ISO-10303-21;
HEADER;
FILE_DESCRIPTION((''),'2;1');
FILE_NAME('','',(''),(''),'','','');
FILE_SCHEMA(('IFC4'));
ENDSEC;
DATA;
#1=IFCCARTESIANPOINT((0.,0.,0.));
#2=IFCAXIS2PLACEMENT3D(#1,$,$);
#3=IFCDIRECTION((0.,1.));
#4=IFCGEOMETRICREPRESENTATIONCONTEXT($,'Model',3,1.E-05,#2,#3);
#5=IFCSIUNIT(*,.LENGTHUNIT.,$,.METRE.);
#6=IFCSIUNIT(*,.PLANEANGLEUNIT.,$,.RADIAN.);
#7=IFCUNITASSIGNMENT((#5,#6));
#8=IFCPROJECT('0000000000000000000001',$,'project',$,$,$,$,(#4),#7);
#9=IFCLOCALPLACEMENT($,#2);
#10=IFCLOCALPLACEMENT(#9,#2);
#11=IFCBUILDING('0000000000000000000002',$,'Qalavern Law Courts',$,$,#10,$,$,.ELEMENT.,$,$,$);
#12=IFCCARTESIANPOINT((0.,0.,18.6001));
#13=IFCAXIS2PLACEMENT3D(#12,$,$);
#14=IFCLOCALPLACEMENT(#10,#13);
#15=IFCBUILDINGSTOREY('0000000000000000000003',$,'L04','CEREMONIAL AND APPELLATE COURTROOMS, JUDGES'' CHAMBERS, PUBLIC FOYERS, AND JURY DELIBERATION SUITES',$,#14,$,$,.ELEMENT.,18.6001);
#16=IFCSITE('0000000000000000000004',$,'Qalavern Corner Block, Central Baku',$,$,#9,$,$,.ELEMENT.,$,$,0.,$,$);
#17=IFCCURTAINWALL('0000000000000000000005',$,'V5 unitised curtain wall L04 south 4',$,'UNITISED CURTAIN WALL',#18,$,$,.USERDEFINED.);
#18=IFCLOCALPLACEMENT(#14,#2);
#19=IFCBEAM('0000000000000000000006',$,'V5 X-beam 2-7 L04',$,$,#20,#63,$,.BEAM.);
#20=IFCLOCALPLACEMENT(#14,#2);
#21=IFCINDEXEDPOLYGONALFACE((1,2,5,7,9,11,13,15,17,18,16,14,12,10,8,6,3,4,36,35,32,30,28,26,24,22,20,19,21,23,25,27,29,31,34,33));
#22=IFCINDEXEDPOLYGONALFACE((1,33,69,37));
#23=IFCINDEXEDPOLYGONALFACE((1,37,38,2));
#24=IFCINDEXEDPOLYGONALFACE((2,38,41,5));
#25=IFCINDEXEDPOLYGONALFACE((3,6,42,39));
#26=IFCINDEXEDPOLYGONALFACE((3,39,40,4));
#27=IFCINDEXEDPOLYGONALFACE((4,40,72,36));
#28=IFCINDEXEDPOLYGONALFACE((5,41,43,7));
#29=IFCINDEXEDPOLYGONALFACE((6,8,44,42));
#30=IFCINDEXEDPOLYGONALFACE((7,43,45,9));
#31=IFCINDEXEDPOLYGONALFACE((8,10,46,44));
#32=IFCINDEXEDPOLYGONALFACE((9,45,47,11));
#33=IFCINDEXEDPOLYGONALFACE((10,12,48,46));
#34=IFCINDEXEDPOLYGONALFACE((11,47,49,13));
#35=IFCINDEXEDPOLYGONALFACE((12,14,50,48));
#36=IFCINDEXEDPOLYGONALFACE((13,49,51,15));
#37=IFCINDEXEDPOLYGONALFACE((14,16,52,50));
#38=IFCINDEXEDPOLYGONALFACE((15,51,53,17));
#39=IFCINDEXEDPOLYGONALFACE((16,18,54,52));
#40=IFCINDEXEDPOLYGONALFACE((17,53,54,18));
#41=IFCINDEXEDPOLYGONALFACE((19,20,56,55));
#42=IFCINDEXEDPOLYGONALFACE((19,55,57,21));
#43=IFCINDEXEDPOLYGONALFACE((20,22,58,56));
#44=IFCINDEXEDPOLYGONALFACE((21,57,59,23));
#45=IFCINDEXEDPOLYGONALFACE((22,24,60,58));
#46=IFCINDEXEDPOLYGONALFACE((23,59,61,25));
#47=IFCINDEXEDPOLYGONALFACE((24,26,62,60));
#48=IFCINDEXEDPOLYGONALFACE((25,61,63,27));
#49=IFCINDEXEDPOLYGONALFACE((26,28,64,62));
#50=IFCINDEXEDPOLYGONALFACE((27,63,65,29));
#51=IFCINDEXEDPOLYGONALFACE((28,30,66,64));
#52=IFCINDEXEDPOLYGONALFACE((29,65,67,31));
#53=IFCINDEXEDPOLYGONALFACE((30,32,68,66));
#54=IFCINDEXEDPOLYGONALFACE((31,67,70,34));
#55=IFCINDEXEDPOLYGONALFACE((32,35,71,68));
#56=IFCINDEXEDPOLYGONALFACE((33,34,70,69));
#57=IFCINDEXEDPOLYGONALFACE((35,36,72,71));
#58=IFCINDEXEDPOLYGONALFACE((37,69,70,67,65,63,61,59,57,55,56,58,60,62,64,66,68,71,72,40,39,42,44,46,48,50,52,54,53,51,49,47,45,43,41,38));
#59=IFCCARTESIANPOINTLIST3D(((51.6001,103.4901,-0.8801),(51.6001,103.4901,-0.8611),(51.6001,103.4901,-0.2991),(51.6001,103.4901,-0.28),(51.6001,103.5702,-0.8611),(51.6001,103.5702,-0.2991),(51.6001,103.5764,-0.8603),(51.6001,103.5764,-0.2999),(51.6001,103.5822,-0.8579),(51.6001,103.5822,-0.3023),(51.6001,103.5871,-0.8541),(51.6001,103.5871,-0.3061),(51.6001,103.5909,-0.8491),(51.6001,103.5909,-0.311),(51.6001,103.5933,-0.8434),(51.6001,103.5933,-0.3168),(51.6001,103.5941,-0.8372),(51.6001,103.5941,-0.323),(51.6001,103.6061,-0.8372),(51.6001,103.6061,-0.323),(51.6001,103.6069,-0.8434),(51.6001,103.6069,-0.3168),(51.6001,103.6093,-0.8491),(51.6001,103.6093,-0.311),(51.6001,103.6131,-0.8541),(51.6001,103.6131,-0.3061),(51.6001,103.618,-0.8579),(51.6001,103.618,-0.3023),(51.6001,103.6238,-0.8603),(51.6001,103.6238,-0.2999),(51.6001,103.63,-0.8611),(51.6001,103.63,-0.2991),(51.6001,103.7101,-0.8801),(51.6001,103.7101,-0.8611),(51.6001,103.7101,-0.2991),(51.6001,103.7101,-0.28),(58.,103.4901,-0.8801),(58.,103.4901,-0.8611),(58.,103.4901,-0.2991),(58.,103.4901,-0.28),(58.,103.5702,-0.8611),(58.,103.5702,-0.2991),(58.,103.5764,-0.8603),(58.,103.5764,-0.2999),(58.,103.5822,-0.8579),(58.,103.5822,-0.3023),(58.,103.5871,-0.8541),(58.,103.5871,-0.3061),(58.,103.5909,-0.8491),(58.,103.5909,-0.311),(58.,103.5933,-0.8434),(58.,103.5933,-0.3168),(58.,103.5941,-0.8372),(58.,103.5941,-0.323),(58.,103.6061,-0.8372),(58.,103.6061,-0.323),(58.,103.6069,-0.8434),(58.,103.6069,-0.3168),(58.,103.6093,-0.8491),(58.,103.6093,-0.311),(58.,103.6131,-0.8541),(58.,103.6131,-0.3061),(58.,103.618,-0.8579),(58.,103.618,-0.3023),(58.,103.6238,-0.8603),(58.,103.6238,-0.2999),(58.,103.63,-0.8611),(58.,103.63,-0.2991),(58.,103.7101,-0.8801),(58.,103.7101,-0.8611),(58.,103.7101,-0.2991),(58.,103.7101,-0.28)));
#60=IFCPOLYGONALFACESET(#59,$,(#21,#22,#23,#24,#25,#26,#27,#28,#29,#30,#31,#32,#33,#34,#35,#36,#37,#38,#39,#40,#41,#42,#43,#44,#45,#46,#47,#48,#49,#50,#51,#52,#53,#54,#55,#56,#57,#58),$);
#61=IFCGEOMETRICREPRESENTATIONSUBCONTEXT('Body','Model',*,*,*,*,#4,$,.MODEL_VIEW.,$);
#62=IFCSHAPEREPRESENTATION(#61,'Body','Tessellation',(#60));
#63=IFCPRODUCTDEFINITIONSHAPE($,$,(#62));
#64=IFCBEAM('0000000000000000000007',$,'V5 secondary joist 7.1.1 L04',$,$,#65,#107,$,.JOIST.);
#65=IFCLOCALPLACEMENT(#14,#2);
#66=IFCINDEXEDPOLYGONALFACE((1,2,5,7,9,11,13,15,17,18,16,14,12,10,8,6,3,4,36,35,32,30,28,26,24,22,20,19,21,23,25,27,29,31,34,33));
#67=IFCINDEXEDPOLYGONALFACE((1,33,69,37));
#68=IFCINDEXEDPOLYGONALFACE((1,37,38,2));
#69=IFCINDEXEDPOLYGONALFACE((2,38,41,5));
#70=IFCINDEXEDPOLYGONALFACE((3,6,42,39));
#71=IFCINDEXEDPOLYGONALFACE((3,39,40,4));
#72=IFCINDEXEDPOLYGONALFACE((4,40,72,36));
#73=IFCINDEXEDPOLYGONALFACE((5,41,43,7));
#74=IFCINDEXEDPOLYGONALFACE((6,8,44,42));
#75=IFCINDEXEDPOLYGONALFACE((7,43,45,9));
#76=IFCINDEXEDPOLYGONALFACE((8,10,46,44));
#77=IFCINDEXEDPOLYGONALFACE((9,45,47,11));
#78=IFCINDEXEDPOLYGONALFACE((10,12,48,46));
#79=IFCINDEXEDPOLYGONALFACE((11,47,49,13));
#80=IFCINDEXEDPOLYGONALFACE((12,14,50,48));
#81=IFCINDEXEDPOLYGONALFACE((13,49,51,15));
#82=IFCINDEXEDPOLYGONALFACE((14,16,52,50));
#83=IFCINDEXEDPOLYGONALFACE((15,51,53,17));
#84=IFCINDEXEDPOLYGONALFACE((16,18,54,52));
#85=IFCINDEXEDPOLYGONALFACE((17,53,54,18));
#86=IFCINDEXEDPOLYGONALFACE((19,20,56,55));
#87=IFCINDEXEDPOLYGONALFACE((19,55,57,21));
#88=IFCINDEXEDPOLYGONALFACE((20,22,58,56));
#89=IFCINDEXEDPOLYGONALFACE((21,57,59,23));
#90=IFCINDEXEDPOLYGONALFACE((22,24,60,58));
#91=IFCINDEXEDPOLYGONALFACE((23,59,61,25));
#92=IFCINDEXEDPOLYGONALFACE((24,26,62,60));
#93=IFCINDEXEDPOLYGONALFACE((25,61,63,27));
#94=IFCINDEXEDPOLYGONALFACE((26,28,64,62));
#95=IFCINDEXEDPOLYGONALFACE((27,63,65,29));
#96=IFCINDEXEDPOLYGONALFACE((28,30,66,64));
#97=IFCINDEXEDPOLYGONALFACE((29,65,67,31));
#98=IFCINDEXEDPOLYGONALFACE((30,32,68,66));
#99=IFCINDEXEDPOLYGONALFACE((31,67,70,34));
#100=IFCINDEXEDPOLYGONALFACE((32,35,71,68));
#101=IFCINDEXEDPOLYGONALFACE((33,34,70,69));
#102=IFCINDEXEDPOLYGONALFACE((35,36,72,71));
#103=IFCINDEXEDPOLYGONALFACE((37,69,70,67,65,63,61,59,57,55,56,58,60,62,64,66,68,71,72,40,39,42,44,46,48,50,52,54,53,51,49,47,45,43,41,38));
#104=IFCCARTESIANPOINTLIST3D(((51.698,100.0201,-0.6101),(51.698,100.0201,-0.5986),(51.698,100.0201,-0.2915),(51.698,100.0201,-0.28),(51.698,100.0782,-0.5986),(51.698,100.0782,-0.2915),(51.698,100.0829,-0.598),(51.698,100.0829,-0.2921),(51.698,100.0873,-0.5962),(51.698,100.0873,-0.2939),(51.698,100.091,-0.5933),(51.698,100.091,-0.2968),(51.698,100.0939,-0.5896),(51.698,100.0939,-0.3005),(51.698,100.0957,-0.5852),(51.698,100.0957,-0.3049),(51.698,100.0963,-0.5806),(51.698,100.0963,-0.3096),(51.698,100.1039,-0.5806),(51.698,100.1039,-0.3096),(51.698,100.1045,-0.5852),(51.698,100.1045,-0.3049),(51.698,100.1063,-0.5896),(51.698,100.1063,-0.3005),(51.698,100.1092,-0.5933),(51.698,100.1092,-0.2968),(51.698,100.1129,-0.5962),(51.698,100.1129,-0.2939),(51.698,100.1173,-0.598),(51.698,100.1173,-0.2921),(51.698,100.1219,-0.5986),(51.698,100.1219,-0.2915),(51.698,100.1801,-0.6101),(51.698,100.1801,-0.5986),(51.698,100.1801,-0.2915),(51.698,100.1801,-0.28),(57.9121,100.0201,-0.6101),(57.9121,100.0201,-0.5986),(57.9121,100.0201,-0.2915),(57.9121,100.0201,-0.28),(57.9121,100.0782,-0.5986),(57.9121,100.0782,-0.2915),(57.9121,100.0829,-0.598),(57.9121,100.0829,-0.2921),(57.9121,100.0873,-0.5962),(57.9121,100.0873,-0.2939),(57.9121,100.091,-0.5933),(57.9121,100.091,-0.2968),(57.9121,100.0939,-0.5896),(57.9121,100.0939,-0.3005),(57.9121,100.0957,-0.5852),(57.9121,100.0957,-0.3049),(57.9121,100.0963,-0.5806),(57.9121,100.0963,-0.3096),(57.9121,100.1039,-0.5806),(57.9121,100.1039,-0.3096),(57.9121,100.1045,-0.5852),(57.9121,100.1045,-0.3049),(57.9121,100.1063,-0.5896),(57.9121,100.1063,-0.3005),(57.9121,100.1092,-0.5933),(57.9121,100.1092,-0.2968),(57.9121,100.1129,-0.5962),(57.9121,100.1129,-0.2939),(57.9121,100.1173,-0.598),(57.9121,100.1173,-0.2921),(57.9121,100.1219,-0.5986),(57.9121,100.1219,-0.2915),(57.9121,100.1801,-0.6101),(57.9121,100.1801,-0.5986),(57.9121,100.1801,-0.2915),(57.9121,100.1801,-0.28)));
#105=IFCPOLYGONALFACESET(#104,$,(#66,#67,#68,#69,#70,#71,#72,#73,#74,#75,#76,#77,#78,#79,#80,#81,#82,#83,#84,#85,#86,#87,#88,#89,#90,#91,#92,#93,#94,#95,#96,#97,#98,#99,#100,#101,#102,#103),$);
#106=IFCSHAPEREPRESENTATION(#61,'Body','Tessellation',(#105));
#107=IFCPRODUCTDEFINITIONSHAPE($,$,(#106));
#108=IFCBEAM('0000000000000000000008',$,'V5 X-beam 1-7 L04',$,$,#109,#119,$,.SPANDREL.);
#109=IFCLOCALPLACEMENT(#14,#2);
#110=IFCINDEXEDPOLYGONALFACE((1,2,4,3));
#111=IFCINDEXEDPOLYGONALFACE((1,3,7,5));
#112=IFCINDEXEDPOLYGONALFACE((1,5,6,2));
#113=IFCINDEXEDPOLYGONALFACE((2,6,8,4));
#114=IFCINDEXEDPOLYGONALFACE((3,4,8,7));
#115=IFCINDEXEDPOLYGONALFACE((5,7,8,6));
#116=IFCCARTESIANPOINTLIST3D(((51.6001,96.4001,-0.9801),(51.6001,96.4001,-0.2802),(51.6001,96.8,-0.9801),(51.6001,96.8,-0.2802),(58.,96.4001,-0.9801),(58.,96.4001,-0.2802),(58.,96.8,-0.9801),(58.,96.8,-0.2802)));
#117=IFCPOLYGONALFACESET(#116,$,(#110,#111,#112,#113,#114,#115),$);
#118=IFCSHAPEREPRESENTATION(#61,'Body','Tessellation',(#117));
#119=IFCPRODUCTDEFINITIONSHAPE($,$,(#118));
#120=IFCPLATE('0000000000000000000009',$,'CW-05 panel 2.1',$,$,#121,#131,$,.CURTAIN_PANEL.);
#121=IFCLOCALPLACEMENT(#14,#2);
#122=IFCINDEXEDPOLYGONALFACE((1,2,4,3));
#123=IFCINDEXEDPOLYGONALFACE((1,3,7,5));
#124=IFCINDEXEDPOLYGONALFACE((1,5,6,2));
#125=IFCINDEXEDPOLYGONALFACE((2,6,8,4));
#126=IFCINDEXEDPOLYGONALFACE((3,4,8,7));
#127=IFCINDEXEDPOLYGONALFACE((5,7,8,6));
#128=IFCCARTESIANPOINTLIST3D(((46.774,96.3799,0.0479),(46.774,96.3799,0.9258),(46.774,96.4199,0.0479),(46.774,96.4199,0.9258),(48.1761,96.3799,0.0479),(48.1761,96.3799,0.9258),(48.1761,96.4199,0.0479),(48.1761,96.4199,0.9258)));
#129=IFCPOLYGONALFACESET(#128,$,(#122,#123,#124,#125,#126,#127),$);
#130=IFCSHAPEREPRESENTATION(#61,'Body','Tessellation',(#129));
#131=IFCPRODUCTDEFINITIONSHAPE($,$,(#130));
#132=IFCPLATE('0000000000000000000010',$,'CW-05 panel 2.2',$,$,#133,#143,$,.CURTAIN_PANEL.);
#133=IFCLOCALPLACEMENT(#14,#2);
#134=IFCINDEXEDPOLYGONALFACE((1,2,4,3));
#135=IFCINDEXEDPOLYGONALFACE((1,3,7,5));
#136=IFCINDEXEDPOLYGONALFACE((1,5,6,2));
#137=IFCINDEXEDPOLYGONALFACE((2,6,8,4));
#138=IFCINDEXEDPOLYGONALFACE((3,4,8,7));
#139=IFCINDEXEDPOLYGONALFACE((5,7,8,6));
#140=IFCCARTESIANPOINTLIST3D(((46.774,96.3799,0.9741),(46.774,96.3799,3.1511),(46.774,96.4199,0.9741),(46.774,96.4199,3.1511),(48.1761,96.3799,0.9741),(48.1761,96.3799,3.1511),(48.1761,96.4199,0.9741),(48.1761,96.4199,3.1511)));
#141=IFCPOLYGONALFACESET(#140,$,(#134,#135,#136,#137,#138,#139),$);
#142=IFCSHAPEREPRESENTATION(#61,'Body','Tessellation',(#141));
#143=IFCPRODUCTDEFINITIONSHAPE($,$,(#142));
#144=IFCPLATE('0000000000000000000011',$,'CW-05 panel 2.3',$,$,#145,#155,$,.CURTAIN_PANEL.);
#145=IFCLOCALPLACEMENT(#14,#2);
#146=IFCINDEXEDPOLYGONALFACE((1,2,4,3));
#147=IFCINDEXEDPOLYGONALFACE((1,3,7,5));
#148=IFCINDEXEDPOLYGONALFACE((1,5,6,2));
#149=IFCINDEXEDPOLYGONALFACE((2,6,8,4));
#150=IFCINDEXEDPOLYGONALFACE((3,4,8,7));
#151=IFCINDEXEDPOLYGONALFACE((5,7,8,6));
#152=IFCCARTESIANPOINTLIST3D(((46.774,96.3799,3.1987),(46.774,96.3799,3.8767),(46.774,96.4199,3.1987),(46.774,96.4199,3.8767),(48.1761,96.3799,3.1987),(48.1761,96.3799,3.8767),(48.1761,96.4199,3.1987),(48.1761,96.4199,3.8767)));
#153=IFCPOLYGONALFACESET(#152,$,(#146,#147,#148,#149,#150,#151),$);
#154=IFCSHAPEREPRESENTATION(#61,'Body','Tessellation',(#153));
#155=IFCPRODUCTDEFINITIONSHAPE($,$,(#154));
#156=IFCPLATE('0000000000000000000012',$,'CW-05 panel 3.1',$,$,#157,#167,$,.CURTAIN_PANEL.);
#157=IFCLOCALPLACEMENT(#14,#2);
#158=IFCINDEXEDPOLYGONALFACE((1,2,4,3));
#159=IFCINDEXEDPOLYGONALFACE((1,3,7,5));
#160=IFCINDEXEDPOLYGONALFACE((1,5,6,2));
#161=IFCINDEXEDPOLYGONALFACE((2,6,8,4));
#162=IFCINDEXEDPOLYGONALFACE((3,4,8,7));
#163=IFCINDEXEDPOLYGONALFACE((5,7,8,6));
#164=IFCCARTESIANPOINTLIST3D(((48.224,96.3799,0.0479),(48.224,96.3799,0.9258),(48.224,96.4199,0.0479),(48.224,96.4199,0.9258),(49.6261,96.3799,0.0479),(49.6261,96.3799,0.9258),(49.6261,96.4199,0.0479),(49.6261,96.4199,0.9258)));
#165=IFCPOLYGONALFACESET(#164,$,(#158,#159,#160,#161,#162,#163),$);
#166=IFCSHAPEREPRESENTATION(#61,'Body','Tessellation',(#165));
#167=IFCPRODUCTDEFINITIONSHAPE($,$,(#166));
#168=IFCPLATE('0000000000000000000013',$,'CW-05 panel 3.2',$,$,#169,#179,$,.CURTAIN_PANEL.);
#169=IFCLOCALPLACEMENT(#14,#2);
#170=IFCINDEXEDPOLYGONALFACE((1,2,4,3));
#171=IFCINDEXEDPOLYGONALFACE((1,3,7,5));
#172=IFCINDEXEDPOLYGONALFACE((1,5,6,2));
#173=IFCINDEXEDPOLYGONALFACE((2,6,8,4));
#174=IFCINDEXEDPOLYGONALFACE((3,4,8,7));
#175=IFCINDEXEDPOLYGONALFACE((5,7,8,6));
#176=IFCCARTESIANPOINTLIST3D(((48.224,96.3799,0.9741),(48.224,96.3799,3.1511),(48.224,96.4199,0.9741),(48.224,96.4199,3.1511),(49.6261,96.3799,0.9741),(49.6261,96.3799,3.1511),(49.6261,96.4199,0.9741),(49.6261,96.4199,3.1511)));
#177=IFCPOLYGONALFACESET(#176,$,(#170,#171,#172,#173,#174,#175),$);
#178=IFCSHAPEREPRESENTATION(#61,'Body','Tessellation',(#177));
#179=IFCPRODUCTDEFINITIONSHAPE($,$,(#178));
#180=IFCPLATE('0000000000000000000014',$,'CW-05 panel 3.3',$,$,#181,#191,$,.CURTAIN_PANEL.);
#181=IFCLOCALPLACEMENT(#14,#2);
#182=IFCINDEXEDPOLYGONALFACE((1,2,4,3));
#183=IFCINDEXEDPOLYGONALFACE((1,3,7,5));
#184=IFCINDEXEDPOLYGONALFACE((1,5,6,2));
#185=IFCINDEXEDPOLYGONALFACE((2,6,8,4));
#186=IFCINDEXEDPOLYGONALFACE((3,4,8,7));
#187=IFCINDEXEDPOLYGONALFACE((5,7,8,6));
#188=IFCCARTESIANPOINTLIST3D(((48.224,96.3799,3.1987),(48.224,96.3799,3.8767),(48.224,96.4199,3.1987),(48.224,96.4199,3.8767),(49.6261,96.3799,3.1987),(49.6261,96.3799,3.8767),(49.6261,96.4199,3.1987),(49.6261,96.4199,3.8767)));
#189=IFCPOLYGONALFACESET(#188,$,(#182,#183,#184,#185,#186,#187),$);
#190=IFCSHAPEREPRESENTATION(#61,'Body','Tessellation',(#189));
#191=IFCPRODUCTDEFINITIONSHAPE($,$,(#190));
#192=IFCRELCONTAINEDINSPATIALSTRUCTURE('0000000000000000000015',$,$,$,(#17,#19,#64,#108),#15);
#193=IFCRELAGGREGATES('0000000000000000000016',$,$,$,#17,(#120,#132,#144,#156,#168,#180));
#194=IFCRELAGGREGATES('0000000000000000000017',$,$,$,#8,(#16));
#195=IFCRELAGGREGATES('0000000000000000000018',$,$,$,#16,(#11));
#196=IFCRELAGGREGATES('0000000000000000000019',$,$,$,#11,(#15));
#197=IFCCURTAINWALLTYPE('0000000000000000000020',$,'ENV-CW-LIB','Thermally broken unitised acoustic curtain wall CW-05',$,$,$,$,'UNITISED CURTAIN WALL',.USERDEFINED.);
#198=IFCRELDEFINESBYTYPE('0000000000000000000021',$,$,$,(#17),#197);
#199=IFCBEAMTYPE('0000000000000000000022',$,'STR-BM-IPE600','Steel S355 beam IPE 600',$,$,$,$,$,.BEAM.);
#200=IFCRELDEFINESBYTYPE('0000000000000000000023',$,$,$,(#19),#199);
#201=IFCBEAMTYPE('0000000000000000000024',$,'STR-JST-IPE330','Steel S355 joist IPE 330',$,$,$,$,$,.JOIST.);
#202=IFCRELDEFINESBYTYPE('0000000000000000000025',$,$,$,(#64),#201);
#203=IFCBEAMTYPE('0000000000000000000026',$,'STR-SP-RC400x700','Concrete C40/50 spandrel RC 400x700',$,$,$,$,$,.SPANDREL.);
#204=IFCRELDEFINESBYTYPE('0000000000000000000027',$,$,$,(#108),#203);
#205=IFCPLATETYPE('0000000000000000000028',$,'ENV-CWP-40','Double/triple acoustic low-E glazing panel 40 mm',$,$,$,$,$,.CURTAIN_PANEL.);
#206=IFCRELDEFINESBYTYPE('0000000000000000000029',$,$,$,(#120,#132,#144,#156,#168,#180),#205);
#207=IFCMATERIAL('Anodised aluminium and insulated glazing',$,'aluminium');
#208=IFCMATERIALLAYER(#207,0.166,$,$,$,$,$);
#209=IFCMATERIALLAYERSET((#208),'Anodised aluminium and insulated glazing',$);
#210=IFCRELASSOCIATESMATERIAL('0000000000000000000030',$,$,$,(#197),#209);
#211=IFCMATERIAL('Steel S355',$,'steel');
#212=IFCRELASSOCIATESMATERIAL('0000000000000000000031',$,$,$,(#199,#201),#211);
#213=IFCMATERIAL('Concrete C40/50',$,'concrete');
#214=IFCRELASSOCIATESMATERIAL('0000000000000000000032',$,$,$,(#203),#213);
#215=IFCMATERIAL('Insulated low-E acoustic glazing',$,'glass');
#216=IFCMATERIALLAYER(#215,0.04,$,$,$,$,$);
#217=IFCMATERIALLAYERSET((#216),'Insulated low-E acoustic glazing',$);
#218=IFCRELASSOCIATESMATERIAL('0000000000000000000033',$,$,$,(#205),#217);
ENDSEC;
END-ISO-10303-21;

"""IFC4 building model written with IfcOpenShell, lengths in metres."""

from ifc_helpers import new_model, si_unit, direction, frame, origin, origin_2d, place, context, subcontext, project, spatial, rectangle, i_section, extrude, material, layer, layer_set, material_profile, profile_set, type_object, element, aggregate, save


model = new_model("IFC4")

# Units and contexts
model_context = context("Model", 3, precision=1e-05, world=origin(), true_north=direction((0.0, 1.0)))
body_context = subcontext(model_context, "Body", "Model", "MODEL_VIEW")
ifc_project = project(units=[si_unit("LENGTHUNIT", "METRE"), si_unit("PLANEANGLEUNIT", "RADIAN")], contexts=[model_context])

# Site, building, storey
site_placement = place(None, origin())
site = spatial("IfcSite", under=ifc_project, at=site_placement, Name="Qalavern Corner Block, Central Baku", CompositionType="ELEMENT", RefElevation=0.0)
building_placement = place(site_placement, origin())
building = spatial("IfcBuilding", under=site, at=building_placement, Name="Qalavern Law Courts", CompositionType="ELEMENT")
storey_placement = place(building_placement, frame((0.0, 0.0, 18.6001)))
storey = spatial("IfcBuildingStorey", under=building, at=storey_placement, Name="L04", Description="CEREMONIAL AND APPELLATE COURTROOMS, JUDGES' CHAMBERS, PUBLIC FOYERS, AND JURY DELIBERATION SUITES", CompositionType="ELEMENT", Elevation=18.6001)

# Curtain wall
ifc_material_1 = material(Name="Anodised aluminium and insulated glazing", Category="aluminium")
ifc_layer_1 = layer(ifc_material_1, 0.166)
ifc_layer_set_1 = layer_set([ifc_layer_1], Name="Anodised aluminium and insulated glazing")
curtain_wall_type = type_object("IfcCurtainWallType", Name="ENV-CW-LIB", Description="Thermally broken unitised acoustic curtain wall CW-05", ElementType="UNITISED CURTAIN WALL", PredefinedType="USERDEFINED", material=ifc_layer_set_1)
curtain_wall_1_placement = place(storey_placement, origin())
curtain_wall_1 = element("IfcCurtainWall", 1, at=curtain_wall_1_placement, inside=storey, type_object=curtain_wall_type, Name="V5 unitised curtain wall L04 south 4", ObjectType="UNITISED CURTAIN WALL", PredefinedType="USERDEFINED")

# Beams
ifc_material_2 = material(Name="Steel S355", Category="steel")
ifc_material_profile_1 = material_profile(ifc_material_2, i_section(OverallWidth=0.22, OverallDepth=0.6001, WebThickness=0.012, FlangeThickness=0.019, FilletRadius=0.0239, at=origin_2d()), Name="IPE 600")
ifc_profile_set_1 = profile_set([ifc_material_profile_1], Name="Steel S355")
beam_type_1 = type_object("IfcBeamType", Name="STR-BM-IPE600", Description="Steel S355 beam IPE 600", PredefinedType="BEAM", material=ifc_profile_set_1)
beam_1_placement = place(storey_placement, frame((51.6001, 103.6001, -0.5801), z_axis=(1.0, 0.0, 0.0), x_axis=(0.0, 1.0, 0.0)))
element("IfcBeam", 2, at=beam_1_placement, inside=storey, type_object=beam_type_1, Name="V5 X-beam 2-7 L04", PredefinedType="BEAM", context=body_context, shape_type="SweptSolid", body=[
    extrude(i_section(OverallWidth=0.22, OverallDepth=0.6001, WebThickness=0.012, FlangeThickness=0.019, FilletRadius=0.0239, at=origin_2d()), origin(), (0.0, 0.0, 1.0), 6.3999),
])
ifc_material_profile_2 = material_profile(ifc_material_2, i_section(OverallWidth=0.1599, OverallDepth=0.3301, WebThickness=0.0076, FlangeThickness=0.0115, FilletRadius=0.0181, at=origin_2d()), Name="IPE 330")
ifc_profile_set_2 = profile_set([ifc_material_profile_2], Name="Steel S355")
beam_type_2 = type_object("IfcBeamType", Name="STR-JST-IPE330", Description="Steel S355 joist IPE 330", PredefinedType="JOIST", material=ifc_profile_set_2)
beam_2_placement = place(storey_placement, frame((51.698, 100.1001, -0.4451), z_axis=(1.0, 0.0, 0.0), x_axis=(0.0, 1.0, 0.0)))
element("IfcBeam", 3, at=beam_2_placement, inside=storey, type_object=beam_type_2, Name="V5 secondary joist 7.1.1 L04", PredefinedType="JOIST", context=body_context, shape_type="SweptSolid", body=[
    extrude(i_section(OverallWidth=0.1599, OverallDepth=0.3301, WebThickness=0.0076, FlangeThickness=0.0115, FilletRadius=0.0181, at=origin_2d()), origin(), (0.0, 0.0, 1.0), 6.2141),
])
ifc_material_3 = material(Name="Concrete C40/50", Category="concrete")
ifc_material_profile_3 = material_profile(ifc_material_3, rectangle(XDim=0.3999, YDim=0.7, at=origin_2d()), Name="RC 400x700")
ifc_profile_set_3 = profile_set([ifc_material_profile_3], Name="Concrete C40/50")
beam_type_3 = type_object("IfcBeamType", Name="STR-SP-RC400x700", Description="Concrete C40/50 spandrel RC 400x700", PredefinedType="SPANDREL", material=ifc_profile_set_3)
beam_3_placement = place(storey_placement, frame((51.6001, 96.6001, -0.6301), z_axis=(1.0, 0.0, 0.0), x_axis=(0.0, 1.0, 0.0)))
element("IfcBeam", 4, at=beam_3_placement, inside=storey, type_object=beam_type_3, Name="V5 X-beam 1-7 L04", PredefinedType="SPANDREL", context=body_context, shape_type="SweptSolid", body=[
    extrude(rectangle(XDim=0.3999, YDim=0.7, at=origin_2d()), origin(), (0.0, 0.0, 1.0), 6.3999),
])

# Plates
ifc_material_4 = material(Name="Insulated low-E acoustic glazing", Category="glass")
ifc_layer_2 = layer(ifc_material_4, 0.04)
ifc_layer_set_2 = layer_set([ifc_layer_2], Name="Insulated low-E acoustic glazing")
plate_type = type_object("IfcPlateType", Name="ENV-CWP-40", Description="Double/triple acoustic low-E glazing panel 40 mm", PredefinedType="CURTAIN_PANEL", material=ifc_layer_set_2)
plate_1_placement = place(storey_placement, frame((47.4751, 96.3999, 0.0479), z_axis=(0.0, 0.0, 1.0), x_axis=(1.0, 0.0, 0.0)))
plate_1 = element("IfcPlate", 5, at=plate_1_placement, type_object=plate_type, Name="CW-05 panel 2.1", PredefinedType="CURTAIN_PANEL", context=body_context, shape_type="SweptSolid", body=[
    extrude(rectangle(XDim=1.4021, YDim=0.04, at=origin_2d()), origin(), (0.0, 0.0, 1.0), 0.8779),
])
plate_2_placement = place(storey_placement, frame((47.4751, 96.3999, 0.9741), z_axis=(0.0, 0.0, 1.0), x_axis=(1.0, 0.0, 0.0)))
plate_2 = element("IfcPlate", 6, at=plate_2_placement, type_object=plate_type, Name="CW-05 panel 2.2", PredefinedType="CURTAIN_PANEL", context=body_context, shape_type="SweptSolid", body=[
    extrude(rectangle(XDim=1.4021, YDim=0.04, at=origin_2d()), origin(), (0.0, 0.0, 1.0), 2.177),
])
plate_3_placement = place(storey_placement, frame((47.4751, 96.3999, 3.1987), z_axis=(0.0, 0.0, 1.0), x_axis=(1.0, 0.0, 0.0)))
plate_3 = element("IfcPlate", 7, at=plate_3_placement, type_object=plate_type, Name="CW-05 panel 2.3", PredefinedType="CURTAIN_PANEL", context=body_context, shape_type="SweptSolid", body=[
    extrude(rectangle(XDim=1.4021, YDim=0.04, at=origin_2d()), origin(), (0.0, 0.0, 1.0), 0.678),
])
plate_4_placement = place(storey_placement, frame((48.925, 96.3999, 0.0479), z_axis=(0.0, 0.0, 1.0), x_axis=(1.0, 0.0, 0.0)))
plate_4 = element("IfcPlate", 8, at=plate_4_placement, type_object=plate_type, Name="CW-05 panel 3.1", PredefinedType="CURTAIN_PANEL", context=body_context, shape_type="SweptSolid", body=[
    extrude(rectangle(XDim=1.4021, YDim=0.04, at=origin_2d()), origin(), (0.0, 0.0, 1.0), 0.8779),
])
plate_5_placement = place(storey_placement, frame((48.925, 96.3999, 0.9741), z_axis=(0.0, 0.0, 1.0), x_axis=(1.0, 0.0, 0.0)))
plate_5 = element("IfcPlate", 9, at=plate_5_placement, type_object=plate_type, Name="CW-05 panel 3.2", PredefinedType="CURTAIN_PANEL", context=body_context, shape_type="SweptSolid", body=[
    extrude(rectangle(XDim=1.4021, YDim=0.04, at=origin_2d()), origin(), (0.0, 0.0, 1.0), 2.177),
])
plate_6_placement = place(storey_placement, frame((48.925, 96.3999, 3.1987), z_axis=(0.0, 0.0, 1.0), x_axis=(1.0, 0.0, 0.0)))
plate_6 = element("IfcPlate", 10, at=plate_6_placement, type_object=plate_type, Name="CW-05 panel 3.3", PredefinedType="CURTAIN_PANEL", context=body_context, shape_type="SweptSolid", body=[
    extrude(rectangle(XDim=1.4021, YDim=0.04, at=origin_2d()), origin(), (0.0, 0.0, 1.0), 0.678),
])
aggregate(curtain_wall_1, [plate_1, plate_2, plate_3, plate_4, plate_5, plate_6])

save(model, "model.ifc")
